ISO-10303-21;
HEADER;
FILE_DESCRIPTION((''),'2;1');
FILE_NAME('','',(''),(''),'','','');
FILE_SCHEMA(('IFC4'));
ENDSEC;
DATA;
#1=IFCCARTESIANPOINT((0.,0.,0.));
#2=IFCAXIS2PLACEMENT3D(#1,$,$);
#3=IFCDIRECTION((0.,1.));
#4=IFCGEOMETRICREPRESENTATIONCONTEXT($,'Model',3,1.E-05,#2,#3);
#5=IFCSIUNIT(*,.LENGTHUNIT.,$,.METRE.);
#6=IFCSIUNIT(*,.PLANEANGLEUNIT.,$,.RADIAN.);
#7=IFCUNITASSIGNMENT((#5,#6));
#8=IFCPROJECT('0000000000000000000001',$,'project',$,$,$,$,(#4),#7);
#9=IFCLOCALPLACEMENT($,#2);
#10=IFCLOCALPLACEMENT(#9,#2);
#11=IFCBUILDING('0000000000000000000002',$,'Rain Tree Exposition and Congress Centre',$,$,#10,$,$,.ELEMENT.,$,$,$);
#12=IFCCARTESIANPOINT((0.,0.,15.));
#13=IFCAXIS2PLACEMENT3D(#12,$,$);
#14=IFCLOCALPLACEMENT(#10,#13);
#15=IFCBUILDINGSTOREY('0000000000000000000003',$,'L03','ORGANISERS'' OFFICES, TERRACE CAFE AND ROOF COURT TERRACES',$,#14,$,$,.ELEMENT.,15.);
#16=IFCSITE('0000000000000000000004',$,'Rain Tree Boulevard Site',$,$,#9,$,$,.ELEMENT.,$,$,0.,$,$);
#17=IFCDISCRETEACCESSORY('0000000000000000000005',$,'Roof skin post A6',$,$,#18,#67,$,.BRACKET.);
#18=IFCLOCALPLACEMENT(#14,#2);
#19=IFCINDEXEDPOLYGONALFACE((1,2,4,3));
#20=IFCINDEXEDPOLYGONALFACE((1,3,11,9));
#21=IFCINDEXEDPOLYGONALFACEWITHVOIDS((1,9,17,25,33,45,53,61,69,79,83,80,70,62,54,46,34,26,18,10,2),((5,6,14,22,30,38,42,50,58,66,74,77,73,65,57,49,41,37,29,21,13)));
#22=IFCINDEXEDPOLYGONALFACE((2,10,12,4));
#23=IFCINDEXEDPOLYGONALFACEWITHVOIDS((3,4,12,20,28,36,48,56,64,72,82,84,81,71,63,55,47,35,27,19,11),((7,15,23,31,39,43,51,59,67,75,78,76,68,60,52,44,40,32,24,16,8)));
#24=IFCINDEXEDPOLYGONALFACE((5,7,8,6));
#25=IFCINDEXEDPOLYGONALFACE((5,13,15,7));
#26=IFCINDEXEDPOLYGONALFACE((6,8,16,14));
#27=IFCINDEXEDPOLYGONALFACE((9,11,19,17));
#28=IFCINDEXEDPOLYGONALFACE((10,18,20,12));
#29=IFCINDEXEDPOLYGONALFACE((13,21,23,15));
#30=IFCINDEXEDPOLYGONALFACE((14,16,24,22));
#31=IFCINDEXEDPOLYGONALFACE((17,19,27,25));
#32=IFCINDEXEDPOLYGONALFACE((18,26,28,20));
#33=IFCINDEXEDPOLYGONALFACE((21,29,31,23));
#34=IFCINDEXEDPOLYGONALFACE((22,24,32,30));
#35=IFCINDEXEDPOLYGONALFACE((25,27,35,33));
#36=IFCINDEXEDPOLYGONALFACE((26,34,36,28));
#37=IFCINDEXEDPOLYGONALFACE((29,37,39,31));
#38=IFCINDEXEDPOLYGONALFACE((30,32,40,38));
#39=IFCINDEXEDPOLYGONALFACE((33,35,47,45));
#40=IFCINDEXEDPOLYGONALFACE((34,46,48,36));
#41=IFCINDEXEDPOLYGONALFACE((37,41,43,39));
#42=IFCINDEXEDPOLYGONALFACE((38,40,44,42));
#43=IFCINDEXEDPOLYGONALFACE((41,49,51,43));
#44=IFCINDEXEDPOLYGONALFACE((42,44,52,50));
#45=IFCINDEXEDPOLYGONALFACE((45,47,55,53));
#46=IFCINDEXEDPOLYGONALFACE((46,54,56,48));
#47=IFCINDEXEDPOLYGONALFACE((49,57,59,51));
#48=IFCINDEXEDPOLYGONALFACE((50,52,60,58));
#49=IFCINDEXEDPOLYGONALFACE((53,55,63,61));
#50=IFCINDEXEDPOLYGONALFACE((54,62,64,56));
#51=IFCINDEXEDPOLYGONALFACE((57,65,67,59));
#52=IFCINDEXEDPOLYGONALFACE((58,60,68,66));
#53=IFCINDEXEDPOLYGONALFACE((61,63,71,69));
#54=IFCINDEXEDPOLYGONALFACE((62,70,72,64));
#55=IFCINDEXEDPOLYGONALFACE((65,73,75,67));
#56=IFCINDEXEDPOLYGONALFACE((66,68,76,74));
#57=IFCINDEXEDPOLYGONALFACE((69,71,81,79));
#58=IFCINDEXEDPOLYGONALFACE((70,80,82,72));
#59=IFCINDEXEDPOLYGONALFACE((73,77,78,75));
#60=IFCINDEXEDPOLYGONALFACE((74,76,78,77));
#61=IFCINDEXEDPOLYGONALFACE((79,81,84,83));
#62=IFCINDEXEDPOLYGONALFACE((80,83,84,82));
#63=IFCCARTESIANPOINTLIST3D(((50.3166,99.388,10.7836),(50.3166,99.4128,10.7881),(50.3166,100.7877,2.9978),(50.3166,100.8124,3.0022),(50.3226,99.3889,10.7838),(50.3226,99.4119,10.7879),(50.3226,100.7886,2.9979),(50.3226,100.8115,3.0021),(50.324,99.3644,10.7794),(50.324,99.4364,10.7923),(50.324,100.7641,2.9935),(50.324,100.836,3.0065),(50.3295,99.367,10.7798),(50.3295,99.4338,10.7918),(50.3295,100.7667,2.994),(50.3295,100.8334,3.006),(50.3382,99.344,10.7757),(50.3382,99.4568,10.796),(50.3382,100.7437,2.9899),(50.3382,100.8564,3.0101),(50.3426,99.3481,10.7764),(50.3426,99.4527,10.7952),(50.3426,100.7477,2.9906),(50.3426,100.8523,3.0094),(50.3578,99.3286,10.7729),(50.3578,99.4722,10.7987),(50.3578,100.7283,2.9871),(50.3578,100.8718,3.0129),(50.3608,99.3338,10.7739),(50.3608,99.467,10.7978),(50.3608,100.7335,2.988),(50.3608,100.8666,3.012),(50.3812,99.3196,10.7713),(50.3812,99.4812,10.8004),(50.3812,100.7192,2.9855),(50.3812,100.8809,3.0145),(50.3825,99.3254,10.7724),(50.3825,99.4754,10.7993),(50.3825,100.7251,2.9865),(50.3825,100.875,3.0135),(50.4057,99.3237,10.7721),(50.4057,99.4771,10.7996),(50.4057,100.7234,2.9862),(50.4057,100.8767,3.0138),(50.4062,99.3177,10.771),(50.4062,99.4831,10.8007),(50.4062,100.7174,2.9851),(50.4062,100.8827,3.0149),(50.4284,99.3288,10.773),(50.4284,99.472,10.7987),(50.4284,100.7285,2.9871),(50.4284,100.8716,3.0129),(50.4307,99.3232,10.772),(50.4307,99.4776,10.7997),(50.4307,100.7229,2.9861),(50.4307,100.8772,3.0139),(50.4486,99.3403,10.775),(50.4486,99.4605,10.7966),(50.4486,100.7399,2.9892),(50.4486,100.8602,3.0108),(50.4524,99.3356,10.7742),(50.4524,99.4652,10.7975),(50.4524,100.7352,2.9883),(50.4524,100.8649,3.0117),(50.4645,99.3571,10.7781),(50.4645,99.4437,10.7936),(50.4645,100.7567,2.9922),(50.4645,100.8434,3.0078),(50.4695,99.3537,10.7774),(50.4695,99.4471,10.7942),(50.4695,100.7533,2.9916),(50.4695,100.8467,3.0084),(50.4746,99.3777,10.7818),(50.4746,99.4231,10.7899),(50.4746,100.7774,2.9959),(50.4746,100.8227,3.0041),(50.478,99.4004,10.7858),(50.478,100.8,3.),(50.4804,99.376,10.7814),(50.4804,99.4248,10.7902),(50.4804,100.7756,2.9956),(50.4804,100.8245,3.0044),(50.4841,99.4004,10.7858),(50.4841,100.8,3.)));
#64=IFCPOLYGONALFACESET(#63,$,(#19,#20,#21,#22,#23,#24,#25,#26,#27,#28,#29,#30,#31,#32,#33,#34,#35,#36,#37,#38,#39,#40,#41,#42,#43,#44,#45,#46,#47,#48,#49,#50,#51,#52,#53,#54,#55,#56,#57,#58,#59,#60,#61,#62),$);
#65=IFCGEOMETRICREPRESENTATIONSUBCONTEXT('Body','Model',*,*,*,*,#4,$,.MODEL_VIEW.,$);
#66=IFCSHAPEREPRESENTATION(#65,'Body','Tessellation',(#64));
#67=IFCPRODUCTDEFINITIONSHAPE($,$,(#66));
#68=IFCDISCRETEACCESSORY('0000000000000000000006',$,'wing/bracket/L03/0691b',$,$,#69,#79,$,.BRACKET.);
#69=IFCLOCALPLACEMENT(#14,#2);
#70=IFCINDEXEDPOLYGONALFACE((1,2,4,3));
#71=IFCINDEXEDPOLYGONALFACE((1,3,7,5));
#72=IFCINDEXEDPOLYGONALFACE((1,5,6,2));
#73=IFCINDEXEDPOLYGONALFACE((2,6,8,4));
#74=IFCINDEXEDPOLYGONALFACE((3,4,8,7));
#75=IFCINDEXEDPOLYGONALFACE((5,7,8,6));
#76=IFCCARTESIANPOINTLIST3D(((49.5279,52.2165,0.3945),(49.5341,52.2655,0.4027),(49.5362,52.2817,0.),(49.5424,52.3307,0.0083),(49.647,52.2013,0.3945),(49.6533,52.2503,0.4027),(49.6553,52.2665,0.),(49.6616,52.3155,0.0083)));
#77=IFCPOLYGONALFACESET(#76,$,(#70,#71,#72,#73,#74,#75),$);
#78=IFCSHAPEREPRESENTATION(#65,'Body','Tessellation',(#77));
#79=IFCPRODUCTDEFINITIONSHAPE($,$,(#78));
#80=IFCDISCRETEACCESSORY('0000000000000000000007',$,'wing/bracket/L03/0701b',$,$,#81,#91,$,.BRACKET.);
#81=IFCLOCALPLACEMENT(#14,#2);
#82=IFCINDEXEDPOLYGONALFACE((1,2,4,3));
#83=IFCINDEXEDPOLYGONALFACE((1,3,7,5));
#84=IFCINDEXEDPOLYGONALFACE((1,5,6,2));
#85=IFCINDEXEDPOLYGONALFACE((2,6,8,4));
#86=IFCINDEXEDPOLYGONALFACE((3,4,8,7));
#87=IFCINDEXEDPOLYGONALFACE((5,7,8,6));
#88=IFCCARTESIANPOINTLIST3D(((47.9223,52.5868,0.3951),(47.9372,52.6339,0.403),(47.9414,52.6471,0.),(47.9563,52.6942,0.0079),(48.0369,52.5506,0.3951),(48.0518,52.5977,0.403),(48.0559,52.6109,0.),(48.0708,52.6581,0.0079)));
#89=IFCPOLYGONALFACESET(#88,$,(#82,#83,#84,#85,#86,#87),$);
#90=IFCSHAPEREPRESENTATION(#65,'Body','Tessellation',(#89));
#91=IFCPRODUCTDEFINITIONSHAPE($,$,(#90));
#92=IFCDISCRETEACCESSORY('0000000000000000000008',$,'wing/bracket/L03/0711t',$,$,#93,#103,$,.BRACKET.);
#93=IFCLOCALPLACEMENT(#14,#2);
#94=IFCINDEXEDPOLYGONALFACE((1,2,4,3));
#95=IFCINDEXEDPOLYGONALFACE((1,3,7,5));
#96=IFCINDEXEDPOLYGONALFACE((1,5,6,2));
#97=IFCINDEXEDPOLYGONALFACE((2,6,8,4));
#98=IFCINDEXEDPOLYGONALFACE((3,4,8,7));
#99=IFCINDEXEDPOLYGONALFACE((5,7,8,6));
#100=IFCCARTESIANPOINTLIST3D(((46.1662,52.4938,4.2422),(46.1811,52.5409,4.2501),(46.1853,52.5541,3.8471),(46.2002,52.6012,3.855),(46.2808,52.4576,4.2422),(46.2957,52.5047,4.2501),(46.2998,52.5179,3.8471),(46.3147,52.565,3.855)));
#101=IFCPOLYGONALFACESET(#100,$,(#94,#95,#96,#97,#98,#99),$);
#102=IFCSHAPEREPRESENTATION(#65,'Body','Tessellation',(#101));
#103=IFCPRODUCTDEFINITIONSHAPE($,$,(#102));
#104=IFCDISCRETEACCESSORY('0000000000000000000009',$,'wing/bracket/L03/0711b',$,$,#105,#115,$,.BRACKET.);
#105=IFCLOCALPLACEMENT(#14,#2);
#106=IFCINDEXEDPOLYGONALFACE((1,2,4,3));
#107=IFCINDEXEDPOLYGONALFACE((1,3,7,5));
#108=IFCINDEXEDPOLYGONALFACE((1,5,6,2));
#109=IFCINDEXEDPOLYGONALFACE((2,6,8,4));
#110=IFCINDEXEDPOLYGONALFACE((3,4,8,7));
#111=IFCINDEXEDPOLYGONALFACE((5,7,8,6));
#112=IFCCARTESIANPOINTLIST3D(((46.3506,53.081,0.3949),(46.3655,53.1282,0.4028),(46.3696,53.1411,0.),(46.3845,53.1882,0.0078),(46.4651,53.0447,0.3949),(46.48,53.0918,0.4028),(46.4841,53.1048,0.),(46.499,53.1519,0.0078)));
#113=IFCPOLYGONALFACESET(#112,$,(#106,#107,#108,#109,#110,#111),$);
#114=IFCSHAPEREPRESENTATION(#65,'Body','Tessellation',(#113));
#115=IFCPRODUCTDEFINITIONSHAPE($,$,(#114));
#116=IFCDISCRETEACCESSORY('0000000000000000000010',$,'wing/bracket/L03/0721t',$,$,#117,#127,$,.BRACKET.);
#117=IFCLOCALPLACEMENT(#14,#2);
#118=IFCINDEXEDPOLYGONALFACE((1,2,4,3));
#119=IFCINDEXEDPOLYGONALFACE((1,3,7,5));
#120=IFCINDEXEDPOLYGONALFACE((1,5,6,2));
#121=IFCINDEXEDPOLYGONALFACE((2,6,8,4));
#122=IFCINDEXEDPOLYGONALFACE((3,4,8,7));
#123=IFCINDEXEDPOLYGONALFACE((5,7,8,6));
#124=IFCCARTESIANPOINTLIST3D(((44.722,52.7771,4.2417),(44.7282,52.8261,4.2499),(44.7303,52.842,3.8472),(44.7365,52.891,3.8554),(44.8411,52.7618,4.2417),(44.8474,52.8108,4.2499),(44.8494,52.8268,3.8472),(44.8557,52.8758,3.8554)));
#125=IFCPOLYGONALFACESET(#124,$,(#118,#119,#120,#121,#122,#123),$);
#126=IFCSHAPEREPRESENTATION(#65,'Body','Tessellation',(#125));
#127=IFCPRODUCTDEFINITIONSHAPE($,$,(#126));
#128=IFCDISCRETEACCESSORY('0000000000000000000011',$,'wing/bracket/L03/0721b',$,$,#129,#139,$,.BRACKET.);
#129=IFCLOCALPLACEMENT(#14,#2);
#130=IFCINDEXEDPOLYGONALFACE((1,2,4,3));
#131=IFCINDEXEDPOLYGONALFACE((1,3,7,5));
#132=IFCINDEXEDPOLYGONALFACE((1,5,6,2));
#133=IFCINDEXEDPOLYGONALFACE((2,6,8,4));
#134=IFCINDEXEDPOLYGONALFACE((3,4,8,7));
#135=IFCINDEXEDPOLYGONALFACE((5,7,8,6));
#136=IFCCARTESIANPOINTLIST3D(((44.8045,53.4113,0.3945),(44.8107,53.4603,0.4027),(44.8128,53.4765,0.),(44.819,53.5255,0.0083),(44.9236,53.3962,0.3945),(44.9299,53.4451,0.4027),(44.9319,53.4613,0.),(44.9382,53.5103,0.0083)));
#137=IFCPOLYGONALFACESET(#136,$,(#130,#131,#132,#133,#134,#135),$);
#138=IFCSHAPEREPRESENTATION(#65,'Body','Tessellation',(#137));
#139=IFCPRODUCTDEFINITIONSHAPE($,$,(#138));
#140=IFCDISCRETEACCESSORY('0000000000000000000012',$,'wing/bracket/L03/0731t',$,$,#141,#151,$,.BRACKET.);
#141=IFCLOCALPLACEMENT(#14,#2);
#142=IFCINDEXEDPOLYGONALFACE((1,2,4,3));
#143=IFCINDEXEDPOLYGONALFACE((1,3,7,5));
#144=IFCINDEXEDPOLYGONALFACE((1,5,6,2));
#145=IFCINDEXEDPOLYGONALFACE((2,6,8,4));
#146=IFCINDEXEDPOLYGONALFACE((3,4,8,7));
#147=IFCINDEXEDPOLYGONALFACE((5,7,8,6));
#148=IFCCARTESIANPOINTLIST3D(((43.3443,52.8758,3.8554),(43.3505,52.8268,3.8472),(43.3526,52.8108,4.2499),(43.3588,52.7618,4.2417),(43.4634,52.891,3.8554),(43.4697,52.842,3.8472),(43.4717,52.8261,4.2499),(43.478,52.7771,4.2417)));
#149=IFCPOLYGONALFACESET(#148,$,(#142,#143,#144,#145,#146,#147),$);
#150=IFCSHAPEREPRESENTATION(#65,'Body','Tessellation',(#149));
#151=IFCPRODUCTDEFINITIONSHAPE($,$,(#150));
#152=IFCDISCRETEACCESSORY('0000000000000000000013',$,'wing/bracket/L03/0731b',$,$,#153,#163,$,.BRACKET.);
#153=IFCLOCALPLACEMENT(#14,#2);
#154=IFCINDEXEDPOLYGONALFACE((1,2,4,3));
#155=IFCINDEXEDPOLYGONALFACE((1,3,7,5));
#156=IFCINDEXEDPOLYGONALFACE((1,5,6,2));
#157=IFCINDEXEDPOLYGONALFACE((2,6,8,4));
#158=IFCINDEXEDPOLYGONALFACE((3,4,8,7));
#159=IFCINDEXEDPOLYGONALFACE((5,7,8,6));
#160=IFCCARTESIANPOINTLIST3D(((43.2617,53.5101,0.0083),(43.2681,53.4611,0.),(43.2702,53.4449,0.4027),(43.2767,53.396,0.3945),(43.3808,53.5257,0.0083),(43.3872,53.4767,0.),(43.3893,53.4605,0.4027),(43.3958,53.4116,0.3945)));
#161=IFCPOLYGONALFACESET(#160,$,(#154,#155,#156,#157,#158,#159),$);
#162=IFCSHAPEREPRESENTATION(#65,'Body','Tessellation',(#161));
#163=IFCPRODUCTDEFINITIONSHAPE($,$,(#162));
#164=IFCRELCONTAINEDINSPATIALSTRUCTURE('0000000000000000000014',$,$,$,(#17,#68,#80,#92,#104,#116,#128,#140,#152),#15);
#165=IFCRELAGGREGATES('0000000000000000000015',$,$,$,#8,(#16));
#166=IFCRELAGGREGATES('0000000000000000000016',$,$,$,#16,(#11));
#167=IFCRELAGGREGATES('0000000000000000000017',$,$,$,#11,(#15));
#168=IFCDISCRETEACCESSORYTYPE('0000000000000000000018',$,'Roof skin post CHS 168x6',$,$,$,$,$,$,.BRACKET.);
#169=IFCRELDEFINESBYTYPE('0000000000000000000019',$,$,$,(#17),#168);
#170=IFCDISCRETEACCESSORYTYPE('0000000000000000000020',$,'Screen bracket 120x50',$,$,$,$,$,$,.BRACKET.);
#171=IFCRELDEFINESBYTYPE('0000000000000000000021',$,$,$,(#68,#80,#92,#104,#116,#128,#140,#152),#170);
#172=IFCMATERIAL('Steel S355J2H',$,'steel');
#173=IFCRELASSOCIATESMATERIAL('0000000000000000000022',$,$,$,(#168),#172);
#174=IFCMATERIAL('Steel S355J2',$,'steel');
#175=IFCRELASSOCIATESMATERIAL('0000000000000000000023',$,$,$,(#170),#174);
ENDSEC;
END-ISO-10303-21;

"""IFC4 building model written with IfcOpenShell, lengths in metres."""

from ifc_helpers import new_model, si_unit, direction, frame, origin, origin_2d, place, context, subcontext, project, spatial, rectangle, hollow_circle, extrude, material, material_profile, profile_set, type_object, element, save


model = new_model("IFC4")

# Units and contexts
model_context = context("Model", 3, precision=1e-05, world=origin(), true_north=direction((0.0, 1.0)))
body_context = subcontext(model_context, "Body", "Model", "MODEL_VIEW")
ifc_project = project(units=[si_unit("LENGTHUNIT", "METRE"), si_unit("PLANEANGLEUNIT", "RADIAN")], contexts=[model_context])

# Site, building, storey
site_placement = place(None, origin())
site = spatial("IfcSite", under=ifc_project, at=site_placement, Name="Rain Tree Boulevard Site", CompositionType="ELEMENT", RefElevation=0.0)
building_placement = place(site_placement, origin())
building = spatial("IfcBuilding", under=site, at=building_placement, Name="Rain Tree Exposition and Congress Centre", CompositionType="ELEMENT")
storey_placement = place(building_placement, frame((0.0, 0.0, 15.0)))
storey = spatial("IfcBuildingStorey", under=building, at=storey_placement, Name="L03", Description="ORGANISERS' OFFICES, TERRACE CAFE AND ROOF COURT TERRACES", CompositionType="ELEMENT", Elevation=15.0)

# Discrete accessories
ifc_material_1 = material(Name="Steel S355J2H", Category="steel")
ifc_material_profile_1 = material_profile(ifc_material_1, hollow_circle(Radius=0.0842, WallThickness=0.0061, at=origin_2d()), Name="CHS 168x6")
ifc_profile_set_1 = profile_set([ifc_material_profile_1], Name="Steel S355J2H")
discrete_accessory_type_1 = type_object("IfcDiscreteAccessoryType", Name="Roof skin post CHS 168x6", PredefinedType="BRACKET", material=ifc_profile_set_1)
discrete_accessory_1_placement = place(storey_placement, frame((50.3999, 100.8, 3.0), z_axis=(0.0, -0.176932, 0.984223), x_axis=(1.0, 0.0, 0.0)))
element("IfcDiscreteAccessory", 1, at=discrete_accessory_1_placement, inside=storey, type_object=discrete_accessory_type_1, Name="Roof skin post A6", PredefinedType="BRACKET", context=body_context, shape_type="SweptSolid", body=[
    extrude(hollow_circle(Radius=0.0842, WallThickness=0.0061, at=origin_2d()), origin(), (0.0, 0.0, 1.0), 7.9106),
])
ifc_material_2 = material(Name="Steel S355J2", Category="steel")
ifc_material_profile_2 = material_profile(ifc_material_2, rectangle(XDim=0.1201, YDim=0.05, at=origin_2d()), Name="Flat bar 120x50")
ifc_profile_set_2 = profile_set([ifc_material_profile_2], Name="Steel S355J2")
discrete_accessory_type_2 = type_object("IfcDiscreteAccessoryType", Name="Screen bracket 120x50", PredefinedType="BRACKET", material=ifc_profile_set_2)
discrete_accessory_2_placement = place(storey_placement, frame((49.5989, 52.2986, 0.0042), z_axis=(-0.020754, -0.162978, 0.986411), x_axis=(0.991989, -0.126321, 0.0)))
element("IfcDiscreteAccessory", 2, at=discrete_accessory_2_placement, inside=storey, type_object=discrete_accessory_type_2, Name="wing/bracket/L03/0691b", PredefinedType="BRACKET", context=body_context, shape_type="SweptSolid", body=[
    extrude(rectangle(XDim=0.1201, YDim=0.05, at=origin_2d()), origin(), (0.0, 0.0, 1.0), 0.3999),
])
for number, where, z_axis, x_axis, name in (
    (3, (48.0061, 52.6526, 0.0039), (-0.047602, -0.150738, 0.987427), (0.953583, -0.301131, 0.0), "wing/bracket/L03/0701b"),
    (4, (46.25, 52.5596, 3.8511), (-0.047602, -0.150738, 0.987427), (0.953583, -0.301131, 0.0), "wing/bracket/L03/0711t"),
):
    element("IfcDiscreteAccessory", number, at=place(storey_placement, frame(where, z_axis=z_axis, x_axis=x_axis)), inside=storey, type_object=discrete_accessory_type_2, Name=name, PredefinedType="BRACKET", context=body_context, shape_type="SweptSolid", body=[
        extrude(rectangle(XDim=0.1201, YDim=0.05, at=origin_2d()), origin(), (0.0, 0.0, 1.0), 0.4001),
    ])
for number, where, z_axis, x_axis, name in (
    (5, (46.4343, 53.1465, 0.0039), (-0.047606, -0.150142, 0.987518), (0.953231, -0.302244, 0.0), "wing/bracket/L03/0711b"),
    (6, (44.793, 52.8589, 3.8513), (-0.020756, -0.162383, 0.986509), (0.99193, -0.126788, 0.0), "wing/bracket/L03/0721t"),
    (7, (44.8755, 53.4934, 0.0042), (-0.020754, -0.162978, 0.986411), (0.991989, -0.126321, 0.0), "wing/bracket/L03/0721b"),
    (8, (43.407, 52.8589, 3.8513), (0.020756, -0.162383, 0.986509), (0.99193, 0.126788, 0.0), "wing/bracket/L03/0731t"),
    (9, (43.3245, 53.4934, 0.0042), (0.021364, -0.162976, 0.986399), (0.991517, 0.129974, 0.0), "wing/bracket/L03/0731b"),
):
    element("IfcDiscreteAccessory", number, at=place(storey_placement, frame(where, z_axis=z_axis, x_axis=x_axis)), inside=storey, type_object=discrete_accessory_type_2, Name=name, PredefinedType="BRACKET", context=body_context, shape_type="SweptSolid", body=[
        extrude(rectangle(XDim=0.1201, YDim=0.05, at=origin_2d()), origin(), (0.0, 0.0, 1.0), 0.3999),
    ])

save(model, "model.ifc")
